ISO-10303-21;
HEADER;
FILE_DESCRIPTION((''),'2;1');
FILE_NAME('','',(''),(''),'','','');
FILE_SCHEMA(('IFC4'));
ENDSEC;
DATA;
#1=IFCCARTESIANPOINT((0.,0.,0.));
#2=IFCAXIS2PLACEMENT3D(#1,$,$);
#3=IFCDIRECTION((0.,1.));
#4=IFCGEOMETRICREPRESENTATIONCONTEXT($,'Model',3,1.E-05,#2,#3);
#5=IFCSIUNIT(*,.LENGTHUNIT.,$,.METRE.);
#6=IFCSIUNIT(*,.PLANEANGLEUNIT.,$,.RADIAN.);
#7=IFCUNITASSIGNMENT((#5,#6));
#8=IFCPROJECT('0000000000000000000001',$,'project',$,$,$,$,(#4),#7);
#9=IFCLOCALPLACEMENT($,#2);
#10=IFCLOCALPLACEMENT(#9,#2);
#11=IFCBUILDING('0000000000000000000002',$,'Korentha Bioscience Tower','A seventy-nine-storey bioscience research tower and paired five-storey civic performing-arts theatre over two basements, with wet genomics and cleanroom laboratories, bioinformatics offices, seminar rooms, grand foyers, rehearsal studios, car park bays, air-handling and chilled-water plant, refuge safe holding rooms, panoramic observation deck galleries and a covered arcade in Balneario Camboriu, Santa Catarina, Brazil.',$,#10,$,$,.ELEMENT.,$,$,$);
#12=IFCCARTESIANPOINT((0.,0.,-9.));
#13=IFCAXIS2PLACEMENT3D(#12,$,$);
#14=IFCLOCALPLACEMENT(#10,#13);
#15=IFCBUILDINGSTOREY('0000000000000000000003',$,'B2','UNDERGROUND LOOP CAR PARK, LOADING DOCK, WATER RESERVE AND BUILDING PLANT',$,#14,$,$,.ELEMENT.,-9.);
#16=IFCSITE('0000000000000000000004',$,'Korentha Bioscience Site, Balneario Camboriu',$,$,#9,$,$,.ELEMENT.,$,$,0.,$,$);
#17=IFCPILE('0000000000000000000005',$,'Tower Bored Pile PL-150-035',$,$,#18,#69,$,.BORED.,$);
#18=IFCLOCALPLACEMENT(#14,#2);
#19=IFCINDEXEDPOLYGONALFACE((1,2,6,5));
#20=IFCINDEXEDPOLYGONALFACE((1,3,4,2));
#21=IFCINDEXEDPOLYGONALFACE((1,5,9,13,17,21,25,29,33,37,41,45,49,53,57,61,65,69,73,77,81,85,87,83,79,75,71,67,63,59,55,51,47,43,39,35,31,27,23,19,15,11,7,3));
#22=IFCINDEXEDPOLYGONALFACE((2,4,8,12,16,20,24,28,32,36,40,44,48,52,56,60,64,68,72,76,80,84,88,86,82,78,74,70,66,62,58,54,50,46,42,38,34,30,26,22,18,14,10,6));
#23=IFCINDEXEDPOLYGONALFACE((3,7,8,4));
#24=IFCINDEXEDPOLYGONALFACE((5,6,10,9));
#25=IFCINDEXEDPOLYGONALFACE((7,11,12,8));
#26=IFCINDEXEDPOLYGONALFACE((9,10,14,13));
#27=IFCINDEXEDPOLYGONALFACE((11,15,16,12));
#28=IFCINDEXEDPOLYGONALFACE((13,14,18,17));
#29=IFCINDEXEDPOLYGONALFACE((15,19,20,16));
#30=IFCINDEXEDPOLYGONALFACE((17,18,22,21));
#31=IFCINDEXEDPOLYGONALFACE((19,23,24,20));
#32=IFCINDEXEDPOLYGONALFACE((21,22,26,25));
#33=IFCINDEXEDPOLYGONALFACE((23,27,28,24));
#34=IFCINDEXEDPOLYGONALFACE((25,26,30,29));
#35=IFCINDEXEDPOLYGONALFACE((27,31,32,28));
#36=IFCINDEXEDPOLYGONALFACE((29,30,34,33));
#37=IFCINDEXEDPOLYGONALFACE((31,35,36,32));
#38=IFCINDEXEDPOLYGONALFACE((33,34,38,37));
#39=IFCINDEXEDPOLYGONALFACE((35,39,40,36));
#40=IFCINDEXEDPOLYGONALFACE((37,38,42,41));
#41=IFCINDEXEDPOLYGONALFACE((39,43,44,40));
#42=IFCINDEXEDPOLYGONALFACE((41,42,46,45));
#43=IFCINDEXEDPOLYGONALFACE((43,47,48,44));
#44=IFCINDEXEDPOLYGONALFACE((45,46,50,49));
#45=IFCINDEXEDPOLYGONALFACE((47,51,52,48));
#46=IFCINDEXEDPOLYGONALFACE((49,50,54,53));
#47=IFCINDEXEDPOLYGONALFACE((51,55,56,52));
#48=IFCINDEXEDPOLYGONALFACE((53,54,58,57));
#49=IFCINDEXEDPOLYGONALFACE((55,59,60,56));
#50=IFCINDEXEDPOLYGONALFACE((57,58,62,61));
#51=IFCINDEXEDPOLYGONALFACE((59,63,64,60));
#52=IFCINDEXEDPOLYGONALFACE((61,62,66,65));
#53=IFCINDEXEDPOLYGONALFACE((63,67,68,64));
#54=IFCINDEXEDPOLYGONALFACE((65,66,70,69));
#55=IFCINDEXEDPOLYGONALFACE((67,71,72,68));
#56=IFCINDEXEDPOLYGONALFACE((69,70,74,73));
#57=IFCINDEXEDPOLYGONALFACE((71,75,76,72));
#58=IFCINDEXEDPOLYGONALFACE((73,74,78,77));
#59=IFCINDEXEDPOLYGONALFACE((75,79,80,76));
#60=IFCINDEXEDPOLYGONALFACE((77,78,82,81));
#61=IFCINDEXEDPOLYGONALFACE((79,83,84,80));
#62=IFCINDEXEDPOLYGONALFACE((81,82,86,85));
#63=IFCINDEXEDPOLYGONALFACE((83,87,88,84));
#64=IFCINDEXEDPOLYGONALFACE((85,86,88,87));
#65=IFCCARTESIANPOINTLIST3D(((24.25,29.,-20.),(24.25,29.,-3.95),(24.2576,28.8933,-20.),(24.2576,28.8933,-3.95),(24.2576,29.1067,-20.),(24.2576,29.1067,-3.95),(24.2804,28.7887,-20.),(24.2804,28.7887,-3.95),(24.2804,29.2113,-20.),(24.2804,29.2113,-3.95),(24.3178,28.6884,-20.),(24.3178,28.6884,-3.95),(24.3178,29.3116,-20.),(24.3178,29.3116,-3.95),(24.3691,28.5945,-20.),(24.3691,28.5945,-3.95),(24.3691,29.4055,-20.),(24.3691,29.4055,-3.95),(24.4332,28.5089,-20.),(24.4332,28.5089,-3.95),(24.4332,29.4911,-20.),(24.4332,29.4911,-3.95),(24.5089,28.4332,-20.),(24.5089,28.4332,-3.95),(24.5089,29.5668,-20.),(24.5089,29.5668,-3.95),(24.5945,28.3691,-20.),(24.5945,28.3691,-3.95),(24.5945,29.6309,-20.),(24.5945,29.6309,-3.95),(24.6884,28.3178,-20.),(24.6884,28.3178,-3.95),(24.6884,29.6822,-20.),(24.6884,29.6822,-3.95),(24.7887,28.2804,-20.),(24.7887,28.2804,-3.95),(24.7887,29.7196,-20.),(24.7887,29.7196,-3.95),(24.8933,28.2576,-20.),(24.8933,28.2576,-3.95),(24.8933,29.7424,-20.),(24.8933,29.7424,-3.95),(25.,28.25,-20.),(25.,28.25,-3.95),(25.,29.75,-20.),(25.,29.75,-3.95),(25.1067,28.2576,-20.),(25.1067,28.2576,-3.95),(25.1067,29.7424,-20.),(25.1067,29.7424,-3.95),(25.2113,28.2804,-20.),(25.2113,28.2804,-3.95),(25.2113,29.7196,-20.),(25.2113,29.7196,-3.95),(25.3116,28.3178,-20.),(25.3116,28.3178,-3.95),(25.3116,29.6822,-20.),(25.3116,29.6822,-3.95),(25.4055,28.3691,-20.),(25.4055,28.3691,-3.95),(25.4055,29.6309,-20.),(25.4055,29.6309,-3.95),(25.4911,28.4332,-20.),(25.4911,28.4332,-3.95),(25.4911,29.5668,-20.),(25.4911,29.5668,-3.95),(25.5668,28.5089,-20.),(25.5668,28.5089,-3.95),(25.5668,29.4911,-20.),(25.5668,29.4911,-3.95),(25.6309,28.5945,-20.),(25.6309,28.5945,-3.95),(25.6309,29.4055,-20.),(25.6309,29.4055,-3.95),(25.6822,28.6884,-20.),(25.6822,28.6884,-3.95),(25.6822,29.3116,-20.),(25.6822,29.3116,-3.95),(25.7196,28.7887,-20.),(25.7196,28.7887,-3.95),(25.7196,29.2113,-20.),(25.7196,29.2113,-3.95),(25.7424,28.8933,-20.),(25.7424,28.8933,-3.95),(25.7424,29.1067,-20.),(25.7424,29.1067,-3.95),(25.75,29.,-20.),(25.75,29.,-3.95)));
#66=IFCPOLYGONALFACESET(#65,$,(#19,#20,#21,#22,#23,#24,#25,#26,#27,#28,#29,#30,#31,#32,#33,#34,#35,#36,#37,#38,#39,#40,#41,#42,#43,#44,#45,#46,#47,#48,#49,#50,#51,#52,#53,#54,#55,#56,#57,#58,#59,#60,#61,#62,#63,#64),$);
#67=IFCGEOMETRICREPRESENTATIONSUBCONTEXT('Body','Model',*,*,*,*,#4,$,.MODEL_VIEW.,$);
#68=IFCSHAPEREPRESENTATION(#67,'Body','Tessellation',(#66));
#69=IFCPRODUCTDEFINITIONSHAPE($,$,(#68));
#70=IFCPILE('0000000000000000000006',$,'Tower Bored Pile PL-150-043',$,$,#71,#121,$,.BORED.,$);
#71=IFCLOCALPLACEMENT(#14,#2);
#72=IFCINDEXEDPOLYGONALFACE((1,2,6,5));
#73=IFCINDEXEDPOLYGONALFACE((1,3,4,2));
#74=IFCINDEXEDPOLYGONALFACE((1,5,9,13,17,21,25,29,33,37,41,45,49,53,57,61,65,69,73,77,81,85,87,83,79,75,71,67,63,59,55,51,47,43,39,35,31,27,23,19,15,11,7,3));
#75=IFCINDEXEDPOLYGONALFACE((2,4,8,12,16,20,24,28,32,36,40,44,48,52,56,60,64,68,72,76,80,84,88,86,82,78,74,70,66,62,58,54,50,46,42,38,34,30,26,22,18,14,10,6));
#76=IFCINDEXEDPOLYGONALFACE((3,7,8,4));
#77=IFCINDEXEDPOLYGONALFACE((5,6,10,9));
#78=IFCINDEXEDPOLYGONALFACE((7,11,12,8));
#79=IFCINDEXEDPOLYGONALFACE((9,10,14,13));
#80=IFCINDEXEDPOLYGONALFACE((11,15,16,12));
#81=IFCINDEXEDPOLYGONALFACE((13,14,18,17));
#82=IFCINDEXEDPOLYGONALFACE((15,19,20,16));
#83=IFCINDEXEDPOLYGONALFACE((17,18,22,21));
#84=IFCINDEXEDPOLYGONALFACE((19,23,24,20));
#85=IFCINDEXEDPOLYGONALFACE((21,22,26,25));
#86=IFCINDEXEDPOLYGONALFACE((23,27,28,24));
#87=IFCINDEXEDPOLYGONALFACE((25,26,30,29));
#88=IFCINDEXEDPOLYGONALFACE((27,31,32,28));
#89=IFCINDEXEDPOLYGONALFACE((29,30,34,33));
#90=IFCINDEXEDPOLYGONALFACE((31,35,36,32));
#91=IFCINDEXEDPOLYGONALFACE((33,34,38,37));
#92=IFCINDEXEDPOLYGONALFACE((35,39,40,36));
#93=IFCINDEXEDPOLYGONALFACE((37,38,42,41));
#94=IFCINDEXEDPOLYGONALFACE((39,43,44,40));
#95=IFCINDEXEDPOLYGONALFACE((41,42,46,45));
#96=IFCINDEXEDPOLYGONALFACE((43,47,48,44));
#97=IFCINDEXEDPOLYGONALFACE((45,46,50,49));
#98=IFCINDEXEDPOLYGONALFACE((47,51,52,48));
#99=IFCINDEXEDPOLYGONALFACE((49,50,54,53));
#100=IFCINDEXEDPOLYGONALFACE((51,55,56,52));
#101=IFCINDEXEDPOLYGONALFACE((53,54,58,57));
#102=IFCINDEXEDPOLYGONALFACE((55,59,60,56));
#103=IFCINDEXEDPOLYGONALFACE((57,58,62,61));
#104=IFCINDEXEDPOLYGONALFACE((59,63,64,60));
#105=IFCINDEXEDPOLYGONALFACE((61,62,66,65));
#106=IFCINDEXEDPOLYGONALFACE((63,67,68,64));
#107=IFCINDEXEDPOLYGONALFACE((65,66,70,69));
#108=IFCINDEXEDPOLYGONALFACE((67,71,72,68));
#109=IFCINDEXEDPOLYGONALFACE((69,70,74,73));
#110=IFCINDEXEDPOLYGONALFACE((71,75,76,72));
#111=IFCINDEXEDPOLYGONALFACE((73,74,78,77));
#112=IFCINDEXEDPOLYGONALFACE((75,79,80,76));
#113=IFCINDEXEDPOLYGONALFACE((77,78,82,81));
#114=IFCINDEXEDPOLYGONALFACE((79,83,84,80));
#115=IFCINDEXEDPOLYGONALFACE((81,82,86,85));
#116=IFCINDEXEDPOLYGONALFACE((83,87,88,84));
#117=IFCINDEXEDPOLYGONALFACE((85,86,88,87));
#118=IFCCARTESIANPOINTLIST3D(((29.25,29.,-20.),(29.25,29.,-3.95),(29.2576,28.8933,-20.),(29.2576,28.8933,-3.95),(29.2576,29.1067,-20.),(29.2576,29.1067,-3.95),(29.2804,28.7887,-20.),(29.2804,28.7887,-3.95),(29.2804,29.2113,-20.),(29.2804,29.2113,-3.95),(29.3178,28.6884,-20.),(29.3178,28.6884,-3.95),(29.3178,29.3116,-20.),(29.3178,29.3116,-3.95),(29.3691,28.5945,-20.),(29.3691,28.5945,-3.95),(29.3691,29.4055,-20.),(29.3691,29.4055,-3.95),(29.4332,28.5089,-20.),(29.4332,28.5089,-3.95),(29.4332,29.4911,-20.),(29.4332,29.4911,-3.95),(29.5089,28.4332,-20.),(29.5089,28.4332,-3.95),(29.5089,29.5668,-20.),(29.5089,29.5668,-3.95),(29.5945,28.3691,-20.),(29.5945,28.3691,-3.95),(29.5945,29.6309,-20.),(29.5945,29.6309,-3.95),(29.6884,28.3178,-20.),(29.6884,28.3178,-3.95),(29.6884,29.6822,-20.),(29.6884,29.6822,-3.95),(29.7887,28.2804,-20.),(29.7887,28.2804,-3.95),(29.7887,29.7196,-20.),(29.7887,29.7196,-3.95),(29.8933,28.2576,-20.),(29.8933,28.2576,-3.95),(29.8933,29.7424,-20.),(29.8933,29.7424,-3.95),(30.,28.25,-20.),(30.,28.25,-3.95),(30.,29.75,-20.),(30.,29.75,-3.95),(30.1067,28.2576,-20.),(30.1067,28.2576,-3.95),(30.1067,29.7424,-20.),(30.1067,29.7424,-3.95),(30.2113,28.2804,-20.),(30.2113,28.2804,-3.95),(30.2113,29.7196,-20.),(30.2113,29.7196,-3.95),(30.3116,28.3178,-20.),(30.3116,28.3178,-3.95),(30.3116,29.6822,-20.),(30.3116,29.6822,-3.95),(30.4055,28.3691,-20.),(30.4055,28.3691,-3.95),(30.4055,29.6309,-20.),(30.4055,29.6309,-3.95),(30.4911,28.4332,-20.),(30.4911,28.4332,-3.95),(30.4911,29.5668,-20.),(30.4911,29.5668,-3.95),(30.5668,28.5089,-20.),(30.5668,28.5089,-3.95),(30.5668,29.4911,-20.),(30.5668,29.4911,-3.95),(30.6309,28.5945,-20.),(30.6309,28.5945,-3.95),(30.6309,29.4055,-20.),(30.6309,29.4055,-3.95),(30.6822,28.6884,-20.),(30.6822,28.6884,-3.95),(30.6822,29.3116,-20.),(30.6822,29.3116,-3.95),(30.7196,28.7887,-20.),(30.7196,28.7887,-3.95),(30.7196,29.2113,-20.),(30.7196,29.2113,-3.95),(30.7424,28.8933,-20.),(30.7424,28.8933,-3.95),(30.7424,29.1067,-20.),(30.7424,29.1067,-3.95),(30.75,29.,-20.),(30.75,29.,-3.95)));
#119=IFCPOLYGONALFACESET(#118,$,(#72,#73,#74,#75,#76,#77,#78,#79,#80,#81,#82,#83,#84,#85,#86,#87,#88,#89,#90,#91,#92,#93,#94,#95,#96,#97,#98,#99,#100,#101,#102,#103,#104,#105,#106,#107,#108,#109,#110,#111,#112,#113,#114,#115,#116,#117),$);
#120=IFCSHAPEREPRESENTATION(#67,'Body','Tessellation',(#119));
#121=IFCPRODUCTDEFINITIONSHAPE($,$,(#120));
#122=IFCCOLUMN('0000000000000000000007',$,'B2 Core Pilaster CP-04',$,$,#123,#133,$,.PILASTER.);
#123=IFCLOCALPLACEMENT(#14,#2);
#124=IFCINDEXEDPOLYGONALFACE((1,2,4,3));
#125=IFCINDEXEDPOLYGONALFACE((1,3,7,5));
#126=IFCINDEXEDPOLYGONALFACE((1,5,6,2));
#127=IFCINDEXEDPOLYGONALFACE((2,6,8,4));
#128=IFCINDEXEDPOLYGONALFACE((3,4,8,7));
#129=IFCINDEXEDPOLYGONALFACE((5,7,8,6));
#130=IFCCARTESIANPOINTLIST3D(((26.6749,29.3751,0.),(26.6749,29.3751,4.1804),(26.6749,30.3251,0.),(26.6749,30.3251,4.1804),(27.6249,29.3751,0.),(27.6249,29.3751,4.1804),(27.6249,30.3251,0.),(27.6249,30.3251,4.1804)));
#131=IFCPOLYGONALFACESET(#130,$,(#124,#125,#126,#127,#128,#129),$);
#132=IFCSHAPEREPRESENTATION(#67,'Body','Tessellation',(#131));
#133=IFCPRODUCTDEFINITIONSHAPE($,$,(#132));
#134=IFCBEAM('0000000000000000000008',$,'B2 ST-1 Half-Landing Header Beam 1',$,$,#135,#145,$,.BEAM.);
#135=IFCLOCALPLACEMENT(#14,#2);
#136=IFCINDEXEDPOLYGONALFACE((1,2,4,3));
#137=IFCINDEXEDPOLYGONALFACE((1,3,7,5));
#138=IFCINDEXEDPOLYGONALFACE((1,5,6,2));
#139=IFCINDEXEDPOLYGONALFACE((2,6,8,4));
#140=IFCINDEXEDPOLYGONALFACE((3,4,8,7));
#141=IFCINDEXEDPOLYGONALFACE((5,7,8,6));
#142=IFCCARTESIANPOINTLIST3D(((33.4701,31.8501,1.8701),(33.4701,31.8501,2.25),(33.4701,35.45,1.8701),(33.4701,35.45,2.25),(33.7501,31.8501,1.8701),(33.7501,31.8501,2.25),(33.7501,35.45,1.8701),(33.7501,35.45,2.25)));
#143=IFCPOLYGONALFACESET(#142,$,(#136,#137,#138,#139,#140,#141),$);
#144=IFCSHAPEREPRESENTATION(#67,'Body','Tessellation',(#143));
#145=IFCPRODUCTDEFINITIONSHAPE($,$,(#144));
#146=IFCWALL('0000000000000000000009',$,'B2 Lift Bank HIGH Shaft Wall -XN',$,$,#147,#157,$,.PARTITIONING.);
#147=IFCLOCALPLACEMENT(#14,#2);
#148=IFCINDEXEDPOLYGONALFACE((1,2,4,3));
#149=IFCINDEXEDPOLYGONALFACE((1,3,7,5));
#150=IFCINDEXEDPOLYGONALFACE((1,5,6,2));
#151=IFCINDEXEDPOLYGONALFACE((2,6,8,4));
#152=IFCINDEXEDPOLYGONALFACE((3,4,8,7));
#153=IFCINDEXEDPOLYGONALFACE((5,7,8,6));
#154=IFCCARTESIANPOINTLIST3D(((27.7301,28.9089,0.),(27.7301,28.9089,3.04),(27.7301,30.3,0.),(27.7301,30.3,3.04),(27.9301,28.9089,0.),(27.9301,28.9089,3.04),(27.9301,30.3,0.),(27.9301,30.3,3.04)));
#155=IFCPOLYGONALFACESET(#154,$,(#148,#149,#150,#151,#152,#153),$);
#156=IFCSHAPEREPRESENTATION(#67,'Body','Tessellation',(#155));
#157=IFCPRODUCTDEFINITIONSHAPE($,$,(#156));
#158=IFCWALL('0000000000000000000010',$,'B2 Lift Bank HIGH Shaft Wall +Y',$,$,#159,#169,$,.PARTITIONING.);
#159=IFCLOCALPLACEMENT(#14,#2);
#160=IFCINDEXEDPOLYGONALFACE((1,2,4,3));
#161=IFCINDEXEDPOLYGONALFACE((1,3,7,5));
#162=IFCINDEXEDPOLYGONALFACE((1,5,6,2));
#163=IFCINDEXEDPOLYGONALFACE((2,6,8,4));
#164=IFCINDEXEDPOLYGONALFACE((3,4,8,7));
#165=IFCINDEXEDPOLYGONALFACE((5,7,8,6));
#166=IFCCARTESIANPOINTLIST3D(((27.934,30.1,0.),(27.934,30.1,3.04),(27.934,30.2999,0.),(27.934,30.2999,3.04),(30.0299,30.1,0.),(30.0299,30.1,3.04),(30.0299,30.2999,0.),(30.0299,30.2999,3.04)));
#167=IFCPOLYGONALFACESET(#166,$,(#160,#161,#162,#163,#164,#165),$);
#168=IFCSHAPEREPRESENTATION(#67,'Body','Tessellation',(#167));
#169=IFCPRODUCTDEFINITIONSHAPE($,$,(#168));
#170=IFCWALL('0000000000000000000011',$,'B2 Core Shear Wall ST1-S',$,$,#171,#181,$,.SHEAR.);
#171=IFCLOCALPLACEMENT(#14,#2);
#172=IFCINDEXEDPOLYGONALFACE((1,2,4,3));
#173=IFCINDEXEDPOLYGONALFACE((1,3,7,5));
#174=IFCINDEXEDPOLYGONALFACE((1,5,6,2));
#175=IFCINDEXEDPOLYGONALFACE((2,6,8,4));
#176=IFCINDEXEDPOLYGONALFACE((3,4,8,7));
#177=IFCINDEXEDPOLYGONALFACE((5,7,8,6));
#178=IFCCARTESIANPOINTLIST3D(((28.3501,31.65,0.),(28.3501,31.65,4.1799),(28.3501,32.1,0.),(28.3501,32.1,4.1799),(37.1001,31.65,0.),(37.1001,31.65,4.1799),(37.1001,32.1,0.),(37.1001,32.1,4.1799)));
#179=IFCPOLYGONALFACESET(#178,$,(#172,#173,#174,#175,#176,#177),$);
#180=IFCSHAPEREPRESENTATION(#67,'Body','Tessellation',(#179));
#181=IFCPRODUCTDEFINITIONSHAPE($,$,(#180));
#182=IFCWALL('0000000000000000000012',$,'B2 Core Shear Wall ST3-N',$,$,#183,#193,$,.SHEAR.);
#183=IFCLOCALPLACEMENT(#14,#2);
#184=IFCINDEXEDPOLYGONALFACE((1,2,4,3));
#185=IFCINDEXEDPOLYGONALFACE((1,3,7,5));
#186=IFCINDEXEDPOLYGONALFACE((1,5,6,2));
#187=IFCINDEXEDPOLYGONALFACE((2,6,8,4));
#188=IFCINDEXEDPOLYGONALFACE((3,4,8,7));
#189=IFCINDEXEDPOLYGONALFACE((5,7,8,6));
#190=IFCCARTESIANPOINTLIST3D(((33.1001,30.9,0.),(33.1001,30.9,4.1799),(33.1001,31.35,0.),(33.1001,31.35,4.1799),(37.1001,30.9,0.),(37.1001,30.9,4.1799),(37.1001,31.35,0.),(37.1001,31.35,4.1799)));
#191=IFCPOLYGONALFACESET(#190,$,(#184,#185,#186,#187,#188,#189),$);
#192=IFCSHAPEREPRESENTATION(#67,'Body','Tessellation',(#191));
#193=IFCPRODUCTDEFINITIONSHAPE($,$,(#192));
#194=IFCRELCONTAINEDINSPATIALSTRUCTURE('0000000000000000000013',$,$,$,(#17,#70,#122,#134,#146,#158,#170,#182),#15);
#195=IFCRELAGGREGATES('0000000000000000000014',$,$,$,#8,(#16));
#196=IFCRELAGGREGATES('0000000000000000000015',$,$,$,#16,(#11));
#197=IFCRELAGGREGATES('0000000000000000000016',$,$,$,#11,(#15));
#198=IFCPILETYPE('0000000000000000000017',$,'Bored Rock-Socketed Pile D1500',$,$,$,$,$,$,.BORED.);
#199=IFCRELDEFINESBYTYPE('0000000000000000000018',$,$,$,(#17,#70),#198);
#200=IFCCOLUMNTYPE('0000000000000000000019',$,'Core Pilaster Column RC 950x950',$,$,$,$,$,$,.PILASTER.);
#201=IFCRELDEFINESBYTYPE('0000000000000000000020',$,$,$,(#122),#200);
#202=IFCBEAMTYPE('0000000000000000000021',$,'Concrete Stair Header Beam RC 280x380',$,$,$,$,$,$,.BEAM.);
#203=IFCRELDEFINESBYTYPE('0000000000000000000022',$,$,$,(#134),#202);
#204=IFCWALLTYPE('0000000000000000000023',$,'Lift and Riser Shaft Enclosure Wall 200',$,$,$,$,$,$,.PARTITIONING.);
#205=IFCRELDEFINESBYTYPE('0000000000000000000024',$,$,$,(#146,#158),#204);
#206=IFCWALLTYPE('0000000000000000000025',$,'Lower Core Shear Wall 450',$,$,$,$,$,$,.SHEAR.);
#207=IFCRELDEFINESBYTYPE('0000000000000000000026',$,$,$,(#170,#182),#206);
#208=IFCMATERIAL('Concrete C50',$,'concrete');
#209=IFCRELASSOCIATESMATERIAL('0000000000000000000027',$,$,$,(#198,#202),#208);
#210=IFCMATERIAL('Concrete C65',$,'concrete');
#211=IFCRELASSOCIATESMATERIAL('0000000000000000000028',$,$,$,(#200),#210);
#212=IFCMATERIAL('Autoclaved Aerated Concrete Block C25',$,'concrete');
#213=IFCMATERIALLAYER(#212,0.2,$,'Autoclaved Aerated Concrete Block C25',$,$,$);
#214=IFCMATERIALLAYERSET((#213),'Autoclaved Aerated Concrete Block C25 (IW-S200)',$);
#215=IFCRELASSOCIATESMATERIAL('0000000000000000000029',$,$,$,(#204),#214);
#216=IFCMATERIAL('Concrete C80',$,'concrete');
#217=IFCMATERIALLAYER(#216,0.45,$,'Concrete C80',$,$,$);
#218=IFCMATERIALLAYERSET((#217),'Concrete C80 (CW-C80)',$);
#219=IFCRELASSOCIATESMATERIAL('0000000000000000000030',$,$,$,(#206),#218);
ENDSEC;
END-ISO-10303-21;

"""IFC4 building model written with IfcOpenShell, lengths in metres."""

from ifc_helpers import new_model, si_unit, direction, frame, frame_2d, origin, origin_2d, place, context, subcontext, project, spatial, rectangle, circle, extrude, material, layer, layer_set, material_profile, profile_set, type_object, element, save


model = new_model("IFC4")

# Units and contexts
model_context = context("Model", 3, precision=1e-05, world=origin(), true_north=direction((0.0, 1.0)))
body_context = subcontext(model_context, "Body", "Model", "MODEL_VIEW")
ifc_project = project(units=[si_unit("LENGTHUNIT", "METRE"), si_unit("PLANEANGLEUNIT", "RADIAN")], contexts=[model_context])

# Site, building, storey
site_placement = place(None, origin())
site = spatial("IfcSite", under=ifc_project, at=site_placement, Name="Korentha Bioscience Site, Balneario Camboriu", CompositionType="ELEMENT", RefElevation=0.0)
building_placement = place(site_placement, origin())
building = spatial("IfcBuilding", under=site, at=building_placement, Name="Korentha Bioscience Tower", Description="A seventy-nine-storey bioscience research tower and paired five-storey civic performing-arts theatre over two basements, with wet genomics and cleanroom laboratories, bioinformatics offices, seminar rooms, grand foyers, rehearsal studios, car park bays, air-handling and chilled-water plant, refuge safe holding rooms, panoramic observation deck galleries and a covered arcade in Balneario Camboriu, Santa Catarina, Brazil.", CompositionType="ELEMENT")
storey_placement = place(building_placement, frame((0.0, 0.0, -9.0)))
storey = spatial("IfcBuildingStorey", under=building, at=storey_placement, Name="B2", Description="UNDERGROUND LOOP CAR PARK, LOADING DOCK, WATER RESERVE AND BUILDING PLANT", CompositionType="ELEMENT", Elevation=-9.0)

# Piles
ifc_material_1 = material(Name="Concrete C50", Category="concrete")
ifc_material_profile_1 = material_profile(ifc_material_1, circle(Radius=0.75, at=origin_2d()), Name="Concrete C50")
ifc_profile_set_1 = profile_set([ifc_material_profile_1], Name="Concrete C50 (PL-150)")
pile_type = type_object("IfcPileType", Name="Bored Rock-Socketed Pile D1500", PredefinedType="BORED", material=ifc_profile_set_1)
for number, where, z_axis, x_axis, name in (
    (1, (25.0, 29.0, -3.95), (0.0, 0.0, -1.0), (1.0, 0.0, 0.0), "Tower Bored Pile PL-150-035"),
    (2, (30.0, 29.0, -3.95), (0.0, 0.0, -1.0), (1.0, 0.0, 0.0), "Tower Bored Pile PL-150-043"),
):
    element("IfcPile", number, at=place(storey_placement, frame(where, z_axis=z_axis, x_axis=x_axis)), inside=storey, type_object=pile_type, Name=name, PredefinedType="BORED", context=body_context, shape_type="SweptSolid", body=[
        extrude(circle(Radius=0.75, at=origin_2d()), origin(), (0.0, 0.0, 1.0), 16.05),
    ])

# Column
ifc_material_2 = material(Name="Concrete C65", Category="concrete")
ifc_material_profile_2 = material_profile(ifc_material_2, rectangle(XDim=0.95, YDim=0.95, at=origin_2d()), Name="Concrete C65")
ifc_profile_set_2 = profile_set([ifc_material_profile_2], Name="Concrete C65 (COL-CP09)")
column_type = type_object("IfcColumnType", Name="Core Pilaster Column RC 950x950", PredefinedType="PILASTER", material=ifc_profile_set_2)
column_placement = place(storey_placement, frame((27.1499, 29.8501, 0.0), z_axis=(0.0, 0.0, 1.0), x_axis=(1.0, 0.0, 0.0)))
element("IfcColumn", 3, at=column_placement, inside=storey, type_object=column_type, Name="B2 Core Pilaster CP-04", PredefinedType="PILASTER", context=body_context, shape_type="SweptSolid", body=[
    extrude(rectangle(XDim=0.95, YDim=0.95, at=origin_2d()), origin(), (0.0, 0.0, 1.0), 4.1804),
])

# Beam
ifc_material_profile_3 = material_profile(ifc_material_1, rectangle(XDim=0.28, YDim=0.3799, at=origin_2d()), Name="Concrete C50")
ifc_profile_set_3 = profile_set([ifc_material_profile_3], Name="Concrete C50 (ST-HB380)")
beam_type = type_object("IfcBeamType", Name="Concrete Stair Header Beam RC 280x380", PredefinedType="BEAM", material=ifc_profile_set_3)
beam_placement = place(storey_placement, frame((33.6101, 31.8501, 2.0601), z_axis=(0.0, 1.0, 0.0), x_axis=(-1.0, 0.0, 0.0)))
element("IfcBeam", 4, at=beam_placement, inside=storey, type_object=beam_type, Name="B2 ST-1 Half-Landing Header Beam 1", PredefinedType="BEAM", context=body_context, shape_type="SweptSolid", body=[
    extrude(rectangle(XDim=0.28, YDim=0.3799, at=origin_2d()), origin(), (0.0, 0.0, 1.0), 3.5999),
])

# Walls
ifc_material_3 = material(Name="Autoclaved Aerated Concrete Block C25", Category="concrete")
ifc_layer_1 = layer(ifc_material_3, 0.2, Name="Autoclaved Aerated Concrete Block C25")
ifc_layer_set_1 = layer_set([ifc_layer_1], Name="Autoclaved Aerated Concrete Block C25 (IW-S200)")
wall_type_1 = type_object("IfcWallType", Name="Lift and Riser Shaft Enclosure Wall 200", PredefinedType="PARTITIONING", material=ifc_layer_set_1)
wall_1_placement = place(storey_placement, frame((27.8301, 28.9089, 0.0), z_axis=(0.0, 0.0, 1.0), x_axis=(0.0, 1.0, 0.0)))
element("IfcWall", 5, at=wall_1_placement, inside=storey, type_object=wall_type_1, Name="B2 Lift Bank HIGH Shaft Wall -XN", PredefinedType="PARTITIONING", context=body_context, shape_type="SweptSolid", body=[
    extrude(rectangle(XDim=1.3911, YDim=0.2, at=frame_2d((0.6956, 0.0))), origin(), (0.0, 0.0, 1.0), 3.04),
])
wall_2_placement = place(storey_placement, frame((27.9341, 30.2, 0.0), z_axis=(0.0, 0.0, 1.0), x_axis=(1.0, 0.0, 0.0)))
element("IfcWall", 6, at=wall_2_placement, inside=storey, type_object=wall_type_1, Name="B2 Lift Bank HIGH Shaft Wall +Y", PredefinedType="PARTITIONING", context=body_context, shape_type="SweptSolid", body=[
    extrude(rectangle(XDim=2.0959, YDim=0.2, at=frame_2d((1.0479, 0.0))), origin(), (0.0, 0.0, 1.0), 3.04),
])
ifc_material_4 = material(Name="Concrete C80", Category="concrete")
ifc_layer_2 = layer(ifc_material_4, 0.45, Name="Concrete C80")
ifc_layer_set_2 = layer_set([ifc_layer_2], Name="Concrete C80 (CW-C80)")
wall_type_2 = type_object("IfcWallType", Name="Lower Core Shear Wall 450", PredefinedType="SHEAR", material=ifc_layer_set_2)
wall_3_placement = place(storey_placement, frame((28.3501, 31.875, 0.0), z_axis=(0.0, 0.0, 1.0), x_axis=(1.0, 0.0, 0.0)))
element("IfcWall", 7, at=wall_3_placement, inside=storey, type_object=wall_type_2, Name="B2 Core Shear Wall ST1-S", PredefinedType="SHEAR", context=body_context, shape_type="SweptSolid", body=[
    extrude(rectangle(XDim=8.75, YDim=0.45, at=frame_2d((4.375, 0.0))), origin(), (0.0, 0.0, 1.0), 4.1799),
])

# Wall
wall_4_placement = place(storey_placement, frame((33.1001, 31.125, 0.0), z_axis=(0.0, 0.0, 1.0), x_axis=(1.0, 0.0, 0.0)))
element("IfcWall", 8, at=wall_4_placement, inside=storey, type_object=wall_type_2, Name="B2 Core Shear Wall ST3-N", PredefinedType="SHEAR", context=body_context, shape_type="SweptSolid", body=[
    extrude(rectangle(XDim=4.0, YDim=0.45, at=frame_2d((2.0, 0.0))), origin(), (0.0, 0.0, 1.0), 4.1799),
])

save(model, "model.ifc")
